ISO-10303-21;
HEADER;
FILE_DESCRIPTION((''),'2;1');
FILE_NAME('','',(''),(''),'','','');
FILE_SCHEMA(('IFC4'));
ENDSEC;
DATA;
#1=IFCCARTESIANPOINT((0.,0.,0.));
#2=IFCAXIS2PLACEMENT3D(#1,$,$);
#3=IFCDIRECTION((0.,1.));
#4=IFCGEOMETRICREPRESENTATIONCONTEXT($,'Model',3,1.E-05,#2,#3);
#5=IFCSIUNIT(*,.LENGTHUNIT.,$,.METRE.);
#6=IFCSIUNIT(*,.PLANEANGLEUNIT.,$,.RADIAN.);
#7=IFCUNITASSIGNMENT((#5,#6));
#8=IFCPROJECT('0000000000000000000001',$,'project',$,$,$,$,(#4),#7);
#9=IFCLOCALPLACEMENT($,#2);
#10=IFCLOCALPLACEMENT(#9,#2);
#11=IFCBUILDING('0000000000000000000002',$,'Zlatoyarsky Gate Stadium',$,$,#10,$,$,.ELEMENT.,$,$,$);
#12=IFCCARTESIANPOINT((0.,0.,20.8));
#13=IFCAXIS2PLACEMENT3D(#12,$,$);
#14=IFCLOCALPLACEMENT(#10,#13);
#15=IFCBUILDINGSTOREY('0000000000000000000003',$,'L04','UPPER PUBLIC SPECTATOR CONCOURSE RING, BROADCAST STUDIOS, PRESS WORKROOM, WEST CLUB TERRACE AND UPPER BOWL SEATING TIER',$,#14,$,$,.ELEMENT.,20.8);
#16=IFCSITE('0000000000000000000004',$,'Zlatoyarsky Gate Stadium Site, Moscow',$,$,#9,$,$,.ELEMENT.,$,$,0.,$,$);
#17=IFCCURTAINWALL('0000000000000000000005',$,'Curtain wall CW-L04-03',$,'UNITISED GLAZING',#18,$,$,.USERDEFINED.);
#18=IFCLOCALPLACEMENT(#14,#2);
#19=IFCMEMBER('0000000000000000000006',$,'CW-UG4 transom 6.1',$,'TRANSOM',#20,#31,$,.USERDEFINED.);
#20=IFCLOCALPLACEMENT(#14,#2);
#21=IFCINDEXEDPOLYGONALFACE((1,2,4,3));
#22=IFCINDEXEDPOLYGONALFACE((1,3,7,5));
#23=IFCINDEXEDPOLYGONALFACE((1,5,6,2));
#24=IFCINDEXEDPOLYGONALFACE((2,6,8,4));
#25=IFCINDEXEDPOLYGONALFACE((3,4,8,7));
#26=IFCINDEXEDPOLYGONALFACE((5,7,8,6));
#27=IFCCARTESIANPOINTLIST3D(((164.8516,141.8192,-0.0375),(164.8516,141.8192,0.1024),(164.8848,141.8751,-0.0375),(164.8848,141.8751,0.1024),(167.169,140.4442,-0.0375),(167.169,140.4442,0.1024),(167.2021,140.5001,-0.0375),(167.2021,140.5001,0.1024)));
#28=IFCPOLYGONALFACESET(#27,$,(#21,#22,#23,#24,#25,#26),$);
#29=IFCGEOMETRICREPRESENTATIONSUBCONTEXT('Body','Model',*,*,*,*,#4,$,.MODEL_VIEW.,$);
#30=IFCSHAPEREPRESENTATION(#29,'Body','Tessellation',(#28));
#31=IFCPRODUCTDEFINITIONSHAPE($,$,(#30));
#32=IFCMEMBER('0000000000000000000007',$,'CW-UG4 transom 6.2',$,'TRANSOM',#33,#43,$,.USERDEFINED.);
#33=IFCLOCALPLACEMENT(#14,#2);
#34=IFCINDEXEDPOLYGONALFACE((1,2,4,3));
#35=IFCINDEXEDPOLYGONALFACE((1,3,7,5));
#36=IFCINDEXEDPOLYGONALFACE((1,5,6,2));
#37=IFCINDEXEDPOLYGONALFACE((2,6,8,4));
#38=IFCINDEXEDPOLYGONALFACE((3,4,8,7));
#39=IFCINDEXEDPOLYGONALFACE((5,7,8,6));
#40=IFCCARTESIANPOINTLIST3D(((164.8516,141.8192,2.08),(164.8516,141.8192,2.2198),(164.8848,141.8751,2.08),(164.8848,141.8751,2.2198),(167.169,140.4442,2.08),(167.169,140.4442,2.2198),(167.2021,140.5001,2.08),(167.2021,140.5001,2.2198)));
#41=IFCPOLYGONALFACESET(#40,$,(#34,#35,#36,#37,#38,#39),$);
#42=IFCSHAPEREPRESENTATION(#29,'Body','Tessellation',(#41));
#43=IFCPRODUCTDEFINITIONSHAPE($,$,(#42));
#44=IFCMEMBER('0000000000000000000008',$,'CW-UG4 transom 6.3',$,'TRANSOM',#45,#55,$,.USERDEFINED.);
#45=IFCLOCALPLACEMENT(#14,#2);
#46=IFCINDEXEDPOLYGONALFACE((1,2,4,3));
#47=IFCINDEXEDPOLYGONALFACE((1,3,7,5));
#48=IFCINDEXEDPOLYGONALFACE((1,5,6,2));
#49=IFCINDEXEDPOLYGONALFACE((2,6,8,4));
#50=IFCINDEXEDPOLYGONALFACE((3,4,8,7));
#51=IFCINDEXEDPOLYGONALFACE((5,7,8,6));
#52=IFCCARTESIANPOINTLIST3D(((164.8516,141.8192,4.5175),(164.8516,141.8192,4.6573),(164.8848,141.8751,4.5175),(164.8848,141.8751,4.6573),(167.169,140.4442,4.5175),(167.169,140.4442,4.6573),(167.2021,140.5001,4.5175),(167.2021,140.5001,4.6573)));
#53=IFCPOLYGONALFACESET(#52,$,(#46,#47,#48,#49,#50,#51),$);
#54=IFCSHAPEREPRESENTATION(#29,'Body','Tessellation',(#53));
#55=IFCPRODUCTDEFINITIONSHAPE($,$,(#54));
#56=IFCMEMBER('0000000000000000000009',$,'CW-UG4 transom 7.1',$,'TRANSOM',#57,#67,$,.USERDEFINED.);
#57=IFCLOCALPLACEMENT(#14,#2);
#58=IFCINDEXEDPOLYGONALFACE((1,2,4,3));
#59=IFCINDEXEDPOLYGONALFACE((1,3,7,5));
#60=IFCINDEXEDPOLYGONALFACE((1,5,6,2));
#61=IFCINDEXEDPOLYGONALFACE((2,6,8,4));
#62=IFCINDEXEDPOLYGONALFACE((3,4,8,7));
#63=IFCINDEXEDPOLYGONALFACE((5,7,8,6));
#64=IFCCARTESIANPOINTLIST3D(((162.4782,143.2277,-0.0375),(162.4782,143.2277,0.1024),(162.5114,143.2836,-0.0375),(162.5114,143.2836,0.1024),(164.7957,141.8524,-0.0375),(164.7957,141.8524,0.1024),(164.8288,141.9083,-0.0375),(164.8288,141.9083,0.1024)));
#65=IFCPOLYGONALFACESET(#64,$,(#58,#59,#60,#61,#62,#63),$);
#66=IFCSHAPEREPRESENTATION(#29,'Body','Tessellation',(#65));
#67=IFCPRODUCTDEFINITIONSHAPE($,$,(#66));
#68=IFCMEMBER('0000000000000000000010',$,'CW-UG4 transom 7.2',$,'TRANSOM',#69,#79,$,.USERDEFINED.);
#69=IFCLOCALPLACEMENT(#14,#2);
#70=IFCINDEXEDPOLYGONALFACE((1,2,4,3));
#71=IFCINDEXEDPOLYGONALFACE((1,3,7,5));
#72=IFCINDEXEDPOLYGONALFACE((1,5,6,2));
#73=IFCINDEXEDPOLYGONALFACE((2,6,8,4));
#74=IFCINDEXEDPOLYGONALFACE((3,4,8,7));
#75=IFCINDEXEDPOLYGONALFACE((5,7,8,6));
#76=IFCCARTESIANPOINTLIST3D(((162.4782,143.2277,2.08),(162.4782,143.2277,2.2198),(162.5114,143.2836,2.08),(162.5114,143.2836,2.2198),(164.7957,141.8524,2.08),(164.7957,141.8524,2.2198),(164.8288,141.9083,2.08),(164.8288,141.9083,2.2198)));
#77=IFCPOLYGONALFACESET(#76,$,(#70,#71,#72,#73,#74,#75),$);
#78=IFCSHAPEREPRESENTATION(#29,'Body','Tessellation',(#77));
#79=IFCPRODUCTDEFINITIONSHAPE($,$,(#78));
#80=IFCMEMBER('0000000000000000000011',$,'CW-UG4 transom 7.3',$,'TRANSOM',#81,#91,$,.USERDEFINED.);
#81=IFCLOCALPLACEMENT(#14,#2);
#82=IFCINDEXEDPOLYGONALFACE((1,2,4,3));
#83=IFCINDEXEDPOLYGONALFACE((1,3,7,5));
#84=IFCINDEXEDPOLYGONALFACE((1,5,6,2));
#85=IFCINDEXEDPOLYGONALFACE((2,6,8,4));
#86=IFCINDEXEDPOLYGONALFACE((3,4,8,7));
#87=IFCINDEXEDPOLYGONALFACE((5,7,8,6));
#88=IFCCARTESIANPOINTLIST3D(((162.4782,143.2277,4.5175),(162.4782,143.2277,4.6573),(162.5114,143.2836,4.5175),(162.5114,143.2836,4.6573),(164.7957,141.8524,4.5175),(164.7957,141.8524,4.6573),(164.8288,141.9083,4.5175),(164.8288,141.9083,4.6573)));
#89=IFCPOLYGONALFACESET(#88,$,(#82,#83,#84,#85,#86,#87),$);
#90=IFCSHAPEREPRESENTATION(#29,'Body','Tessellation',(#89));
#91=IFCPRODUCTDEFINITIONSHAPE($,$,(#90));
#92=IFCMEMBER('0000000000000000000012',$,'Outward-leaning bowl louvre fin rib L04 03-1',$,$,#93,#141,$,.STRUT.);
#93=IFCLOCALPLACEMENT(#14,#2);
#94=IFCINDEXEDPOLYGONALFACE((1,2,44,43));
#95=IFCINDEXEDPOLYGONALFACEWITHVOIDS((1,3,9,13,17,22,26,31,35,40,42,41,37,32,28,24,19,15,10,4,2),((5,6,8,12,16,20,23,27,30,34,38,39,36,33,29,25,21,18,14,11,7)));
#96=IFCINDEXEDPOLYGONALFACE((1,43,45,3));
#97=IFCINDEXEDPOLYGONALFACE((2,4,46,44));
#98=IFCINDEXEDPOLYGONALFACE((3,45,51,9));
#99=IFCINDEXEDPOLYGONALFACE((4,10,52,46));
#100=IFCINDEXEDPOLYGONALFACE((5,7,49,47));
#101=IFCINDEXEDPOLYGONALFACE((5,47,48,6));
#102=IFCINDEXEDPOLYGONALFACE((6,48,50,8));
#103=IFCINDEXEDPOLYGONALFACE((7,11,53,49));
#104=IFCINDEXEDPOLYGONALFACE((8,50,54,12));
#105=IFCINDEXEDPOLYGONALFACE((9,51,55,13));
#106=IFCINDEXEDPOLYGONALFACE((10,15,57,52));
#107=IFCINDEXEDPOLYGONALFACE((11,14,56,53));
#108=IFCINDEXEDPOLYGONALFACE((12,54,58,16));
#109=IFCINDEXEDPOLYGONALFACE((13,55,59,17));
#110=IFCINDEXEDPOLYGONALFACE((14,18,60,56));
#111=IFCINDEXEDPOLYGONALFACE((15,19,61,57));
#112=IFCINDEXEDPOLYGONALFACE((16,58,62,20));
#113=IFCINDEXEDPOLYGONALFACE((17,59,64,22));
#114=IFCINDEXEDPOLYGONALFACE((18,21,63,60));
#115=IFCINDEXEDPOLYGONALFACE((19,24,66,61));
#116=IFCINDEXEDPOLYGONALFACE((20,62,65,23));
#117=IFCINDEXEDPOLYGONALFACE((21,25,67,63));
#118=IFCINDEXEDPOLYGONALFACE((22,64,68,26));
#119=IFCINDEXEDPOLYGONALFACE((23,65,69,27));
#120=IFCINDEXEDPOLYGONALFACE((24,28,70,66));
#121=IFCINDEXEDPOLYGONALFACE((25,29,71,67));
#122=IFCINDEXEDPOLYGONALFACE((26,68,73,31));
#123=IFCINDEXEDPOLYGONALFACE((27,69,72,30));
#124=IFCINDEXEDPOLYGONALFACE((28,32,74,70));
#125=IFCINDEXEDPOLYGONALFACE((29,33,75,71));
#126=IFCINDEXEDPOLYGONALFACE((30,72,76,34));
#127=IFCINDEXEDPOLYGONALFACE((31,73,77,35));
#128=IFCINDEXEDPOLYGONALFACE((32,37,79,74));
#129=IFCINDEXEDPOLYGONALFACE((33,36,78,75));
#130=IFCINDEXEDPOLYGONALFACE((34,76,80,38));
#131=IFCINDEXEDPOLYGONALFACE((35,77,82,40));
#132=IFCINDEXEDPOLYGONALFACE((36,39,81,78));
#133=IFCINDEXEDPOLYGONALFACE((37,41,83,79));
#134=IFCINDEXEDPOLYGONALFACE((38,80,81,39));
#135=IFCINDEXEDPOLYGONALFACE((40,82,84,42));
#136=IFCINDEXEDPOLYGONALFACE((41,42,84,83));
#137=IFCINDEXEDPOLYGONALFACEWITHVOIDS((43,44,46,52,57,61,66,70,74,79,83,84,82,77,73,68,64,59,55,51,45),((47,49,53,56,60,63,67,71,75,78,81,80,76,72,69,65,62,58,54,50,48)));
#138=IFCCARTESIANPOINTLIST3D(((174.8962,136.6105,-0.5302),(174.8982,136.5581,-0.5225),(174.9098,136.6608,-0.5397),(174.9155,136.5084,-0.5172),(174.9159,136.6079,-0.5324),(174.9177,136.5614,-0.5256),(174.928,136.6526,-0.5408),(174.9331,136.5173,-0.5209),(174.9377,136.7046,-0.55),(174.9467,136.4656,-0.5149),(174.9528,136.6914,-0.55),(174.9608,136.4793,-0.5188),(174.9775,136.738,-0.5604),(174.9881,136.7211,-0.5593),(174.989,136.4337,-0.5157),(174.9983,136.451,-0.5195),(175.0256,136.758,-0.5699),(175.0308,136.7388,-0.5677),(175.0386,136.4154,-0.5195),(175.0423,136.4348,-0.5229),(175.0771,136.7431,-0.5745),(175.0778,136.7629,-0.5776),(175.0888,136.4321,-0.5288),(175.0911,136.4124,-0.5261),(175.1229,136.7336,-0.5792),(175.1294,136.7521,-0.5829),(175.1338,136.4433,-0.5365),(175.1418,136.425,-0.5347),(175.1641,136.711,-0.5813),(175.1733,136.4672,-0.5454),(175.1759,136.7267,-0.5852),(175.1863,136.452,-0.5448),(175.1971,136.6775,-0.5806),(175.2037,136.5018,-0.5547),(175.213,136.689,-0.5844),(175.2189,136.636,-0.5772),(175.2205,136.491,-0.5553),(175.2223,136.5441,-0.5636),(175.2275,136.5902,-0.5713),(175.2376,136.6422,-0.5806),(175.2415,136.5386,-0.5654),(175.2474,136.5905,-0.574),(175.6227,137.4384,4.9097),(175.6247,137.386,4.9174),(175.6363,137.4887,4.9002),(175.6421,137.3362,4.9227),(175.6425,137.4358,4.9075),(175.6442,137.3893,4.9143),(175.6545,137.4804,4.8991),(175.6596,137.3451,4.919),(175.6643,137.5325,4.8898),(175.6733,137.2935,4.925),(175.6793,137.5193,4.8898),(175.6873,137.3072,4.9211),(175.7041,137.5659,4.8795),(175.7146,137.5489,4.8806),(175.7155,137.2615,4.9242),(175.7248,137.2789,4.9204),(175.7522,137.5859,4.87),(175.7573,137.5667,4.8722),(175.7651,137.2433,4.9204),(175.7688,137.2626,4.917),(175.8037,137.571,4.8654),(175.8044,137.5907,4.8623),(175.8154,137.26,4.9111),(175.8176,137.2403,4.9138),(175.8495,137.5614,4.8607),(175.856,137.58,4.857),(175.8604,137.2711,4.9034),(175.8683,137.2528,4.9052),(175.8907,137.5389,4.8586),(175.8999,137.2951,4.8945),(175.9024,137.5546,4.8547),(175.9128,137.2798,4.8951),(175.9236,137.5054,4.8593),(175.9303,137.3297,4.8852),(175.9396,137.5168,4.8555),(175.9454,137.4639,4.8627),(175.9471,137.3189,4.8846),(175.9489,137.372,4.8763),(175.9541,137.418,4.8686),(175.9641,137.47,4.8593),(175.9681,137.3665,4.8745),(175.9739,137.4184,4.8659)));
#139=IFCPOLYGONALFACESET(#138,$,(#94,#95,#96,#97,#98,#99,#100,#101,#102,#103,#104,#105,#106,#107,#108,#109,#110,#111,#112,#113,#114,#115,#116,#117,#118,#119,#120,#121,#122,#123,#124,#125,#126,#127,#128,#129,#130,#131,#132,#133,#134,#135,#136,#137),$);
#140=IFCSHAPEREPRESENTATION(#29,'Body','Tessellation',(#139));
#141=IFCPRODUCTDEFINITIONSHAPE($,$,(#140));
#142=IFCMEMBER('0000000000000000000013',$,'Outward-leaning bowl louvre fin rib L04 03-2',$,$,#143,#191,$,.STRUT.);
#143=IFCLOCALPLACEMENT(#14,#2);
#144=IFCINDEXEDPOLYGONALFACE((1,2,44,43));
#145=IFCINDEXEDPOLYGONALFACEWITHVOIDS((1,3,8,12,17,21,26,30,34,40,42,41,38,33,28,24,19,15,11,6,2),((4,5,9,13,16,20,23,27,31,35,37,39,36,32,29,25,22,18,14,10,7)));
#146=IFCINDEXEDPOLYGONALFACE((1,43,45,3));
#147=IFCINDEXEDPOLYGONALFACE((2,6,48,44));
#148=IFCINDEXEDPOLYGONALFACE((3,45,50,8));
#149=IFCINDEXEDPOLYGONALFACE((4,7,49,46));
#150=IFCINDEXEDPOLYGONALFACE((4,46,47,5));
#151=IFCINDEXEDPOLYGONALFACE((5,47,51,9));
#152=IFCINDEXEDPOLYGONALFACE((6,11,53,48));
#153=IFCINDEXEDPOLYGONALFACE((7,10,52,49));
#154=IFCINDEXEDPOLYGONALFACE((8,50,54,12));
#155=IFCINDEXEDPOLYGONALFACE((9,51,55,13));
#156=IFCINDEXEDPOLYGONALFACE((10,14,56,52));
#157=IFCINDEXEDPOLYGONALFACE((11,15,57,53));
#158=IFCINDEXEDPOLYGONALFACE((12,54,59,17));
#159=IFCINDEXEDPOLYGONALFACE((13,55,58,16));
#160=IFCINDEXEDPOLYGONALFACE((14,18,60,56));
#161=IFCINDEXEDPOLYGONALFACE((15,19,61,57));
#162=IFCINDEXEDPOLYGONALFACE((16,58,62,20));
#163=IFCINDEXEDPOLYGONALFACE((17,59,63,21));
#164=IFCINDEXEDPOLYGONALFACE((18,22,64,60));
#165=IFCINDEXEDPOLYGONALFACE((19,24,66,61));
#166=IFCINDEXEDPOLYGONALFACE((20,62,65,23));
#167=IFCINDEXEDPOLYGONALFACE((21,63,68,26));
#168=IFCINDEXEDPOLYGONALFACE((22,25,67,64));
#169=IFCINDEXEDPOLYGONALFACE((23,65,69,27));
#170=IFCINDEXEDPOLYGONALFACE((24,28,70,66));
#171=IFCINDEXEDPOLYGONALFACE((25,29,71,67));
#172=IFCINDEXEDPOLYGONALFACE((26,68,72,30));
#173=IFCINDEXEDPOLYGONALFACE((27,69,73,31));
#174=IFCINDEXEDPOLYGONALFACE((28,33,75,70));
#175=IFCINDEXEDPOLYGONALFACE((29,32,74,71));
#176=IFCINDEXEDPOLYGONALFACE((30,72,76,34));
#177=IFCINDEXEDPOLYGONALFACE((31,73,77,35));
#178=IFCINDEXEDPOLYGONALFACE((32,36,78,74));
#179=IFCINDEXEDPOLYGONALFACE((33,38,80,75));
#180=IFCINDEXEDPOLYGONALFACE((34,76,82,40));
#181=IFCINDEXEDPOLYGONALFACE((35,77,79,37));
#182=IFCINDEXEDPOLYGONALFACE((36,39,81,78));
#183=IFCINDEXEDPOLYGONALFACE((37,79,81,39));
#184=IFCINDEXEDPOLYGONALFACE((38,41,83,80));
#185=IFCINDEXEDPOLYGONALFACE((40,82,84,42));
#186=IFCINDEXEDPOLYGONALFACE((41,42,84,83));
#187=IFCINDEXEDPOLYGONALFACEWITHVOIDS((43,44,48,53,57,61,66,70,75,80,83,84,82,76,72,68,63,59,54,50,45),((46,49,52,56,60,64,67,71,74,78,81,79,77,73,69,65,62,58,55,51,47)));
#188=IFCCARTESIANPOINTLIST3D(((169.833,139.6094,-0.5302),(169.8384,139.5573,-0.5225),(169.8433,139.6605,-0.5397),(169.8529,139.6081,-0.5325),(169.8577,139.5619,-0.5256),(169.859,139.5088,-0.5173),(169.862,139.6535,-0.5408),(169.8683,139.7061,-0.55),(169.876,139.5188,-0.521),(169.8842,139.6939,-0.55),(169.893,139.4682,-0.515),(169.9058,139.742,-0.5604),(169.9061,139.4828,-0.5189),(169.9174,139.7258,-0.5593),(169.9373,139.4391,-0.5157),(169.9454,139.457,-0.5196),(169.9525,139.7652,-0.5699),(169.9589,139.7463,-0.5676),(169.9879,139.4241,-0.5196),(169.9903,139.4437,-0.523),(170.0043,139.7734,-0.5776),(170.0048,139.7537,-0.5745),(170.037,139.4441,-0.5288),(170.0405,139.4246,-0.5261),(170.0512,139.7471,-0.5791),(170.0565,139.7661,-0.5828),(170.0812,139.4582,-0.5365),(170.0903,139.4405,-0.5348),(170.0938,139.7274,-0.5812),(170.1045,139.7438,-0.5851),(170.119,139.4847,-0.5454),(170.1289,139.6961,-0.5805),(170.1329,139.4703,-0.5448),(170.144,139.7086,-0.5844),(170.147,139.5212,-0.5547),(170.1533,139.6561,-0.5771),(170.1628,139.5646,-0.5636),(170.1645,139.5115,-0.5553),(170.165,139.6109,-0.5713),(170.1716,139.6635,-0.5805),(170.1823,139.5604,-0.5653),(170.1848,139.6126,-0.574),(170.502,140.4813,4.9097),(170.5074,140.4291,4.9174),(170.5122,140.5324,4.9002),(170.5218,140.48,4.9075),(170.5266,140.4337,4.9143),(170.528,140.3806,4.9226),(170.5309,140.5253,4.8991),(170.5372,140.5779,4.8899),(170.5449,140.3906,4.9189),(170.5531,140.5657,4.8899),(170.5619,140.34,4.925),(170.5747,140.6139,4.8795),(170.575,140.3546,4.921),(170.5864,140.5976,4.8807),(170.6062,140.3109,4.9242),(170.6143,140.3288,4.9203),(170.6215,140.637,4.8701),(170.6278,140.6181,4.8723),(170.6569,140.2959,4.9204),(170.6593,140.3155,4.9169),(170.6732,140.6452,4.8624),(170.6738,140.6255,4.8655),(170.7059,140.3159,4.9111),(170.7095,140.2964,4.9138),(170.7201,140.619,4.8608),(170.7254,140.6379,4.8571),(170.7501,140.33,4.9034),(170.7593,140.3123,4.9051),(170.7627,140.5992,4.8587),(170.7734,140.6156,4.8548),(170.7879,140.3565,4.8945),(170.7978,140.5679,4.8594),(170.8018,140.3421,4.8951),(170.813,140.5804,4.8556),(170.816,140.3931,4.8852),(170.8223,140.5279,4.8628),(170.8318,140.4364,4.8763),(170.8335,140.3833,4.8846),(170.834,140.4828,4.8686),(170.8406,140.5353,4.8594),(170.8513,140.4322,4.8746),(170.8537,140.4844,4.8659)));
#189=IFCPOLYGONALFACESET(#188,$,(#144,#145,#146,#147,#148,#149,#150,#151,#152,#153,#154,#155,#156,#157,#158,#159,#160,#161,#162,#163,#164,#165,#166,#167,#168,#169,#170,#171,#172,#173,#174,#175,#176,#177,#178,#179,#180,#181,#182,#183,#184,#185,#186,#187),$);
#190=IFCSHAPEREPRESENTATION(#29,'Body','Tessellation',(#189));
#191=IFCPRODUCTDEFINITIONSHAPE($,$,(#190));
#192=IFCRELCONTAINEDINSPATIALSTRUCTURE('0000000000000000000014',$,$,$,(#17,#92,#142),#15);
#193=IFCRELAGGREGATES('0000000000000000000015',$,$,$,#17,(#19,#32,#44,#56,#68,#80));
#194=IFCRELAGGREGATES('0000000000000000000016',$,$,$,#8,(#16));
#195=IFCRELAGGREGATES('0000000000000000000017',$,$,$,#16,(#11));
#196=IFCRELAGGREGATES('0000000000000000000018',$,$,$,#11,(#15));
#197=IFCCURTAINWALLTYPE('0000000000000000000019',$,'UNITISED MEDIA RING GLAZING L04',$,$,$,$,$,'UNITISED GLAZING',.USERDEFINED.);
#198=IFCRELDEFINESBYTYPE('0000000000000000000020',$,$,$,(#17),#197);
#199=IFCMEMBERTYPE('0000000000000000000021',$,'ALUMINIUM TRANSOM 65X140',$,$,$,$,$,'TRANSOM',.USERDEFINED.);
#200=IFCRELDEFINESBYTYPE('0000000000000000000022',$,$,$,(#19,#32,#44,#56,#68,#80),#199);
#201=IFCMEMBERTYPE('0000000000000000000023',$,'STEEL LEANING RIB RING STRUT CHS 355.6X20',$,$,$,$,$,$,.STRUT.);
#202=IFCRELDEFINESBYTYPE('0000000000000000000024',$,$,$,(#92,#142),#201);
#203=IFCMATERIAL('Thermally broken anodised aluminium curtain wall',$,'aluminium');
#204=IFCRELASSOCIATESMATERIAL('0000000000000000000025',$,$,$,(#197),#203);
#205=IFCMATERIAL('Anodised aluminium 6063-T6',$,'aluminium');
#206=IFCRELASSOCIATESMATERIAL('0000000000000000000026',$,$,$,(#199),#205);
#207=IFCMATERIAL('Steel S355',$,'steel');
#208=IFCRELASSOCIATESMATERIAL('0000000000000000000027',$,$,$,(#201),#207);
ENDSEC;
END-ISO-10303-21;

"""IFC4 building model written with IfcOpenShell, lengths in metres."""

from ifc_helpers import new_model, si_unit, direction, frame, origin, origin_2d, place, context, subcontext, project, spatial, rectangle, hollow_circle, extrude, material, material_profile, profile_set, type_object, element, aggregate, save


model = new_model("IFC4")

# Units and contexts
model_context = context("Model", 3, precision=1e-05, world=origin(), true_north=direction((0.0, 1.0)))
body_context = subcontext(model_context, "Body", "Model", "MODEL_VIEW")
ifc_project = project(units=[si_unit("LENGTHUNIT", "METRE"), si_unit("PLANEANGLEUNIT", "RADIAN")], contexts=[model_context])

# Site, building, storey
site_placement = place(None, origin())
site = spatial("IfcSite", under=ifc_project, at=site_placement, Name="Zlatoyarsky Gate Stadium Site, Moscow", CompositionType="ELEMENT", RefElevation=0.0)
building_placement = place(site_placement, origin())
building = spatial("IfcBuilding", under=site, at=building_placement, Name="Zlatoyarsky Gate Stadium", CompositionType="ELEMENT")
storey_placement = place(building_placement, frame((0.0, 0.0, 20.8)))
storey = spatial("IfcBuildingStorey", under=building, at=storey_placement, Name="L04", Description="UPPER PUBLIC SPECTATOR CONCOURSE RING, BROADCAST STUDIOS, PRESS WORKROOM, WEST CLUB TERRACE AND UPPER BOWL SEATING TIER", CompositionType="ELEMENT", Elevation=20.8)

# Curtain wall, members
ifc_material_1 = material(Name="Thermally broken anodised aluminium curtain wall", Category="aluminium")
curtain_wall_type = type_object("IfcCurtainWallType", Name="UNITISED MEDIA RING GLAZING L04", ElementType="UNITISED GLAZING", PredefinedType="USERDEFINED", material=ifc_material_1)
curtain_wall_placement = place(storey_placement, origin())
curtain_wall = element("IfcCurtainWall", 1, at=curtain_wall_placement, inside=storey, type_object=curtain_wall_type, Name="Curtain wall CW-L04-03", ObjectType="UNITISED GLAZING", PredefinedType="USERDEFINED")
ifc_material_2 = material(Name="Anodised aluminium 6063-T6", Category="aluminium")
ifc_material_profile_1 = material_profile(ifc_material_2, rectangle(XDim=0.0649, YDim=0.1399, at=origin_2d()), Name="ALU 65X140")
ifc_profile_set_1 = profile_set([ifc_material_profile_1], Name="Anodised aluminium 6063-T6")
member_type_1 = type_object("IfcMemberType", Name="ALUMINIUM TRANSOM 65X140", ElementType="TRANSOM", PredefinedType="USERDEFINED", material=ifc_profile_set_1)
member_1_placement = place(storey_placement, frame((167.1855, 140.4722, 0.0325), z_axis=(-0.860009, 0.510279, 0.0), x_axis=(-0.510279, -0.860009, 0.0)))
member_1 = element("IfcMember", 2, at=member_1_placement, type_object=member_type_1, Name="CW-UG4 transom 6.1", ObjectType="TRANSOM", PredefinedType="USERDEFINED", context=body_context, shape_type="SweptSolid", body=[
    extrude(rectangle(XDim=0.0649, YDim=0.1399, at=origin_2d()), origin(), (0.0, 0.0, 1.0), 2.6946),
])
member_2_placement = place(storey_placement, frame((167.1855, 140.4722, 2.1499), z_axis=(-0.860009, 0.510279, 0.0), x_axis=(-0.510279, -0.860009, 0.0)))
member_2 = element("IfcMember", 3, at=member_2_placement, type_object=member_type_1, Name="CW-UG4 transom 6.2", ObjectType="TRANSOM", PredefinedType="USERDEFINED", context=body_context, shape_type="SweptSolid", body=[
    extrude(rectangle(XDim=0.0649, YDim=0.1399, at=origin_2d()), origin(), (0.0, 0.0, 1.0), 2.6946),
])
member_3_placement = place(storey_placement, frame((167.1855, 140.4722, 4.5874), z_axis=(-0.860009, 0.510279, 0.0), x_axis=(-0.510279, -0.860009, 0.0)))
member_3 = element("IfcMember", 4, at=member_3_placement, type_object=member_type_1, Name="CW-UG4 transom 6.3", ObjectType="TRANSOM", PredefinedType="USERDEFINED", context=body_context, shape_type="SweptSolid", body=[
    extrude(rectangle(XDim=0.0649, YDim=0.1399, at=origin_2d()), origin(), (0.0, 0.0, 1.0), 2.6946),
])
member_4_placement = place(storey_placement, frame((164.8123, 141.8804, 0.0325), z_axis=(-0.859969, 0.510346, 0.0), x_axis=(-0.510346, -0.859969, 0.0)))
member_4 = element("IfcMember", 5, at=member_4_placement, type_object=member_type_1, Name="CW-UG4 transom 7.1", ObjectType="TRANSOM", PredefinedType="USERDEFINED", context=body_context, shape_type="SweptSolid", body=[
    extrude(rectangle(XDim=0.0649, YDim=0.1399, at=origin_2d()), origin(), (0.0, 0.0, 1.0), 2.6948),
])
member_5_placement = place(storey_placement, frame((164.8123, 141.8804, 2.1499), z_axis=(-0.859969, 0.510346, 0.0), x_axis=(-0.510346, -0.859969, 0.0)))
member_5 = element("IfcMember", 6, at=member_5_placement, type_object=member_type_1, Name="CW-UG4 transom 7.2", ObjectType="TRANSOM", PredefinedType="USERDEFINED", context=body_context, shape_type="SweptSolid", body=[
    extrude(rectangle(XDim=0.0649, YDim=0.1399, at=origin_2d()), origin(), (0.0, 0.0, 1.0), 2.6948),
])
member_6_placement = place(storey_placement, frame((164.8123, 141.8804, 4.5874), z_axis=(-0.859969, 0.510346, 0.0), x_axis=(-0.510346, -0.859969, 0.0)))
member_6 = element("IfcMember", 7, at=member_6_placement, type_object=member_type_1, Name="CW-UG4 transom 7.3", ObjectType="TRANSOM", PredefinedType="USERDEFINED", context=body_context, shape_type="SweptSolid", body=[
    extrude(rectangle(XDim=0.0649, YDim=0.1399, at=origin_2d()), origin(), (0.0, 0.0, 1.0), 2.6948),
])

# Members
ifc_material_3 = material(Name="Steel S355", Category="steel")
ifc_material_profile_2 = material_profile(ifc_material_3, hollow_circle(Radius=0.1777, WallThickness=0.02, at=origin_2d()), Name="CHS 355.6X20")
ifc_profile_set_2 = profile_set([ifc_material_profile_2], Name="Steel S355")
member_type_2 = type_object("IfcMemberType", Name="STEEL LEANING RIB RING STRUT CHS 355.6X20", PredefinedType="STRUT", material=ifc_profile_set_2)
member_7_placement = place(storey_placement, frame((175.0713, 136.5874, -0.55), z_axis=(0.130904, 0.149159, 0.98011), x_axis=(-0.751601, 0.659618, 0.0)))
element("IfcMember", 8, at=member_7_placement, inside=storey, type_object=member_type_2, Name="Outward-leaning bowl louvre fin rib L04 03-1", PredefinedType="STRUT", context=body_context, shape_type="SweptSolid", body=[
    extrude(hollow_circle(Radius=0.1777, WallThickness=0.02, at=origin_2d()), origin(), (0.0, 0.0, 1.0), 5.5503),
])
member_8_placement = place(storey_placement, frame((170.0093, 139.5979, -0.55), z_axis=(0.120535, 0.157091, 0.980201), x_axis=(-0.793367, 0.608744, 0.0)))
element("IfcMember", 9, at=member_8_placement, inside=storey, type_object=member_type_2, Name="Outward-leaning bowl louvre fin rib L04 03-2", PredefinedType="STRUT", context=body_context, shape_type="SweptSolid", body=[
    extrude(hollow_circle(Radius=0.1777, WallThickness=0.02, at=origin_2d()), origin(), (0.0, 0.0, 1.0), 5.5498),
])

aggregate(curtain_wall, [member_1, member_2, member_3, member_4, member_5, member_6])

save(model, "model.ifc")
